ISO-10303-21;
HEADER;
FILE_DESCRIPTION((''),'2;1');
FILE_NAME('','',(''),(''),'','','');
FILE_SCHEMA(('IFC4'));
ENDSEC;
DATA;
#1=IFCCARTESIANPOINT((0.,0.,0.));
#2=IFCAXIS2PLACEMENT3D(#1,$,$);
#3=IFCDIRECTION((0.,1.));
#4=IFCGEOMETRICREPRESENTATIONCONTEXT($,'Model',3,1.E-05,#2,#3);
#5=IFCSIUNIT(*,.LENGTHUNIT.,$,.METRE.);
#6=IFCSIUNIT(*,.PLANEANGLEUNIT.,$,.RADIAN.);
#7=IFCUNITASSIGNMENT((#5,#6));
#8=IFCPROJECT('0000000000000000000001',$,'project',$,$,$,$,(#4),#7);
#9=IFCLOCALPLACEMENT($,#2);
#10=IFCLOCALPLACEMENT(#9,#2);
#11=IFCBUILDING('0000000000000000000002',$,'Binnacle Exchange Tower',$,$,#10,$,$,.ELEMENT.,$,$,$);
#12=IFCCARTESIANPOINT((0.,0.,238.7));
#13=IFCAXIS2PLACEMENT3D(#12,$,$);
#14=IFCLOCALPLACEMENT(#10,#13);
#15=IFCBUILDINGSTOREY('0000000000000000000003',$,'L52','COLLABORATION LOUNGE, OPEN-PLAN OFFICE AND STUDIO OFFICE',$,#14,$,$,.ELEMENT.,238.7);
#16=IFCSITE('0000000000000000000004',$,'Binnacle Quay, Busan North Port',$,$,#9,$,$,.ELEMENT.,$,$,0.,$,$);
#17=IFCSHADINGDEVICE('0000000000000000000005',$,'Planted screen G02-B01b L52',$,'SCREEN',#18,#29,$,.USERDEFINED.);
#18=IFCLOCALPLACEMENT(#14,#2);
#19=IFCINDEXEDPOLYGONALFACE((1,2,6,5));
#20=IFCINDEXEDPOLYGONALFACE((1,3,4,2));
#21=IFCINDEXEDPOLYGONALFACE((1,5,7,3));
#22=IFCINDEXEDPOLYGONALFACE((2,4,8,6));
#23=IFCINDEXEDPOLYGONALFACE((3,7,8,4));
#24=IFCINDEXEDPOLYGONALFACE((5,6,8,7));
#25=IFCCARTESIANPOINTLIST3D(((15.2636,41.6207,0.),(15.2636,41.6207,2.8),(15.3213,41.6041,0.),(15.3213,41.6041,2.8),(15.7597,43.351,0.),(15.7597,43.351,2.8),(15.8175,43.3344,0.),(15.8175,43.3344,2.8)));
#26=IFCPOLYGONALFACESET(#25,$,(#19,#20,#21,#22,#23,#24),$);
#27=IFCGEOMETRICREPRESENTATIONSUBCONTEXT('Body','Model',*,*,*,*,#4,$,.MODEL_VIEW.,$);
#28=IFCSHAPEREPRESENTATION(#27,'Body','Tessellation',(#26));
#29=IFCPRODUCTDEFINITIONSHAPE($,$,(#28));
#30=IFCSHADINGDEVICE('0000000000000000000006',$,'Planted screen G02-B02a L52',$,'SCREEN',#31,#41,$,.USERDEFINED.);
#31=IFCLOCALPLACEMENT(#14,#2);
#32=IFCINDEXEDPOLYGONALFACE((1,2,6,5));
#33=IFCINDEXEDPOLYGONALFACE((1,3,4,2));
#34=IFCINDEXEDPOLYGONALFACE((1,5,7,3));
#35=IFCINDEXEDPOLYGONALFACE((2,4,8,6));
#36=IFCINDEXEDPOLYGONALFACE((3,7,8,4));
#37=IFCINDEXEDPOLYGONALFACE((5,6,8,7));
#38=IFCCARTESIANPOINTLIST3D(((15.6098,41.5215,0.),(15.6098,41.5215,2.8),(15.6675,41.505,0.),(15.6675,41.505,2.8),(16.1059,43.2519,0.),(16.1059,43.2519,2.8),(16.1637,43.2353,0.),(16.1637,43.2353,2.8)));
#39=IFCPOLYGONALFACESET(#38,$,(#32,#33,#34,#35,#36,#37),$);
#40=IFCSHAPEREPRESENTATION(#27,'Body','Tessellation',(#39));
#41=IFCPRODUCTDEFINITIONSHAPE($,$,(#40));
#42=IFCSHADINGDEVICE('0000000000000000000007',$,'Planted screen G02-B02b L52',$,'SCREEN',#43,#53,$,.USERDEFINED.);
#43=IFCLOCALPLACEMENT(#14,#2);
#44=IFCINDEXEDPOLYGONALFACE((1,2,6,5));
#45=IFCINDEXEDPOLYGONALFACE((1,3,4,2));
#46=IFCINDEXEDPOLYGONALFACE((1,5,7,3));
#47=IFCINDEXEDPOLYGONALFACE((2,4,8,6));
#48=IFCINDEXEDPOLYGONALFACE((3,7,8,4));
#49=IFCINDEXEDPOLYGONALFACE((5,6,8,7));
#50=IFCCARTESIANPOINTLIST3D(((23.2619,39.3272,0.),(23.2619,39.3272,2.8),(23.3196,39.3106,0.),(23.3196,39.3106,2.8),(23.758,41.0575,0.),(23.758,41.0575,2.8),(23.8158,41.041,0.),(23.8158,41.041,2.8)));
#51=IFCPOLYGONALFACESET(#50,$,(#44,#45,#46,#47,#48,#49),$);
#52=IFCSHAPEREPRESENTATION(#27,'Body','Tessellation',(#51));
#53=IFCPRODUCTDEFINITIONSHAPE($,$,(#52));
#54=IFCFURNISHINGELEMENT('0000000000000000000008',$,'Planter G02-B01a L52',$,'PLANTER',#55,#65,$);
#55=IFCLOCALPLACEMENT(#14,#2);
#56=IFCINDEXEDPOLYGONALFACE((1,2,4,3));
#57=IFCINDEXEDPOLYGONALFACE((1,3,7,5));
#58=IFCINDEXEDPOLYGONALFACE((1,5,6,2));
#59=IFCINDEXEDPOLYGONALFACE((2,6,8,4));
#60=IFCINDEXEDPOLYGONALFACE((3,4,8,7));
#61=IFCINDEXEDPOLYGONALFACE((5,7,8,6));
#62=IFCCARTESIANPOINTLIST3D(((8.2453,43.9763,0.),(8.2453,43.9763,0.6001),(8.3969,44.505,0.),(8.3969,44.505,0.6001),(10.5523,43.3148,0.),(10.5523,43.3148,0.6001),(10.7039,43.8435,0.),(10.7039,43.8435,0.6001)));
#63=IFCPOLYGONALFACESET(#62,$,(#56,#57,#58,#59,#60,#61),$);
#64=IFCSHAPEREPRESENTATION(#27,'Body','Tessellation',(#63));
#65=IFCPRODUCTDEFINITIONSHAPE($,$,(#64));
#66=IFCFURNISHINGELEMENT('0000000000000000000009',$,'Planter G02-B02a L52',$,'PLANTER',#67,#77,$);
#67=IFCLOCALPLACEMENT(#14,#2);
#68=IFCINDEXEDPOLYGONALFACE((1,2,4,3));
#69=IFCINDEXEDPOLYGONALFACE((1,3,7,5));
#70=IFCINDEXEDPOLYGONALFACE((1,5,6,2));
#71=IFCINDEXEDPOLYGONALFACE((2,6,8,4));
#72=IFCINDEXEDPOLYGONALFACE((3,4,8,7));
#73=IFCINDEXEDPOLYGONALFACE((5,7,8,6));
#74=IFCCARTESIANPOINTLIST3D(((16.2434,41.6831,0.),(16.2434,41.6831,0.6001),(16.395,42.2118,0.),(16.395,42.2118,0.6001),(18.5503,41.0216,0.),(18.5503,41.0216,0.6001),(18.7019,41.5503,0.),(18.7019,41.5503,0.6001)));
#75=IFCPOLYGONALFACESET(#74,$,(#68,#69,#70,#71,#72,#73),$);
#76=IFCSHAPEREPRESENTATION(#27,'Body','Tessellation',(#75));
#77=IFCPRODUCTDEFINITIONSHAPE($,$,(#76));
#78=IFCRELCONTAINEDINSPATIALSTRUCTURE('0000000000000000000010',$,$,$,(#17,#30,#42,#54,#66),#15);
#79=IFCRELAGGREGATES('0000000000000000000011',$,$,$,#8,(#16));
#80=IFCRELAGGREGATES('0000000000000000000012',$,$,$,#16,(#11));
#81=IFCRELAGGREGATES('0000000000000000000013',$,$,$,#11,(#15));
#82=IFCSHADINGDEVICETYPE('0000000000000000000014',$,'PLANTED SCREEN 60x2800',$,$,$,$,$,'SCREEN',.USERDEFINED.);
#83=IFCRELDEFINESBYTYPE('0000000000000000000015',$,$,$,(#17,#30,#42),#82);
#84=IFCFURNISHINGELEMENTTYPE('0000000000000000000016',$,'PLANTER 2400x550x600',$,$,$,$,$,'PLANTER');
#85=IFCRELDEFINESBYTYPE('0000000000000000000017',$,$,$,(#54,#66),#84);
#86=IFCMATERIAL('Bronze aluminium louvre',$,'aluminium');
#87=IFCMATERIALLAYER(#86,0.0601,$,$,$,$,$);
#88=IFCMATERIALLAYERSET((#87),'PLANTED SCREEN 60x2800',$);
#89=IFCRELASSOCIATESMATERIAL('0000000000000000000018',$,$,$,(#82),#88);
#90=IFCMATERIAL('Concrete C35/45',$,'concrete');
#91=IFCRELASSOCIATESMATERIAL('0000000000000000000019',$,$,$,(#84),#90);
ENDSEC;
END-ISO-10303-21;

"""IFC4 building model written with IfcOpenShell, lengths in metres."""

from ifc_helpers import new_model, si_unit, direction, frame, origin, origin_2d, place, context, subcontext, project, spatial, rectangle, extrude, material, layer, layer_set, type_object, element, save


model = new_model("IFC4")

# Units and contexts
model_context = context("Model", 3, precision=1e-05, world=origin(), true_north=direction((0.0, 1.0)))
body_context = subcontext(model_context, "Body", "Model", "MODEL_VIEW")
ifc_project = project(units=[si_unit("LENGTHUNIT", "METRE"), si_unit("PLANEANGLEUNIT", "RADIAN")], contexts=[model_context])

# Site, building, storey
site_placement = place(None, origin())
site = spatial("IfcSite", under=ifc_project, at=site_placement, Name="Binnacle Quay, Busan North Port", CompositionType="ELEMENT", RefElevation=0.0)
building_placement = place(site_placement, origin())
building = spatial("IfcBuilding", under=site, at=building_placement, Name="Binnacle Exchange Tower", CompositionType="ELEMENT")
storey_placement = place(building_placement, frame((0.0, 0.0, 238.7)))
storey = spatial("IfcBuildingStorey", under=building, at=storey_placement, Name="L52", Description="COLLABORATION LOUNGE, OPEN-PLAN OFFICE AND STUDIO OFFICE", CompositionType="ELEMENT", Elevation=238.7)

# Shared definitions
ifc_material_1 = material(Name="Concrete C35/45", Category="concrete")

# Shading devices
ifc_material_2 = material(Name="Bronze aluminium louvre", Category="aluminium")
ifc_layer_1 = layer(ifc_material_2, 0.0601)
ifc_layer_set_1 = layer_set([ifc_layer_1], Name="PLANTED SCREEN 60x2800")
shading_device_type = type_object("IfcShadingDeviceType", Name="PLANTED SCREEN 60x2800", ElementType="SCREEN", PredefinedType="USERDEFINED", material=ifc_layer_set_1)
for number, where, z_axis, x_axis, name in (
    (1, (15.5405, 42.4775, 0.0), (0.0, 0.0, 1.0), (0.961262, -0.275637, 0.0), "Planted screen G02-B01b L52"),
    (2, (15.8867, 42.3784, 0.0), (0.0, 0.0, 1.0), (0.961262, -0.275637, 0.0), "Planted screen G02-B02a L52"),
    (3, (23.5388, 40.1841, 0.0), (0.0, 0.0, 1.0), (0.961262, -0.275637, 0.0), "Planted screen G02-B02b L52"),
):
    element("IfcShadingDevice", number, at=place(storey_placement, frame(where, z_axis=z_axis, x_axis=x_axis)), inside=storey, type_object=shading_device_type, Name=name, ObjectType="SCREEN", PredefinedType="USERDEFINED", context=body_context, shape_type="SweptSolid", body=[
        extrude(rectangle(XDim=0.0601, YDim=1.8, at=origin_2d()), origin(), (0.0, 0.0, 1.0), 2.8),
    ])

# Furnishing elements
furnishing_element_type = type_object("IfcFurnishingElementType", Name="PLANTER 2400x550x600", ElementType="PLANTER", material=ifc_material_1)
for number, where, z_axis, x_axis, name in (
    (4, (9.4746, 43.9099, 0.0), (0.0, 0.0, 1.0), (0.961262, -0.275637, 0.0), "Planter G02-B01a L52"),
    (5, (17.4727, 41.6167, 0.0), (0.0, 0.0, 1.0), (0.961262, -0.275637, 0.0), "Planter G02-B02a L52"),
):
    element("IfcFurnishingElement", number, at=place(storey_placement, frame(where, z_axis=z_axis, x_axis=x_axis)), inside=storey, type_object=furnishing_element_type, Name=name, ObjectType="PLANTER", context=body_context, shape_type="SweptSolid", body=[
        extrude(rectangle(XDim=2.3999, YDim=0.55, at=origin_2d()), origin(), (0.0, 0.0, 1.0), 0.6001),
    ])

save(model, "model.ifc")
